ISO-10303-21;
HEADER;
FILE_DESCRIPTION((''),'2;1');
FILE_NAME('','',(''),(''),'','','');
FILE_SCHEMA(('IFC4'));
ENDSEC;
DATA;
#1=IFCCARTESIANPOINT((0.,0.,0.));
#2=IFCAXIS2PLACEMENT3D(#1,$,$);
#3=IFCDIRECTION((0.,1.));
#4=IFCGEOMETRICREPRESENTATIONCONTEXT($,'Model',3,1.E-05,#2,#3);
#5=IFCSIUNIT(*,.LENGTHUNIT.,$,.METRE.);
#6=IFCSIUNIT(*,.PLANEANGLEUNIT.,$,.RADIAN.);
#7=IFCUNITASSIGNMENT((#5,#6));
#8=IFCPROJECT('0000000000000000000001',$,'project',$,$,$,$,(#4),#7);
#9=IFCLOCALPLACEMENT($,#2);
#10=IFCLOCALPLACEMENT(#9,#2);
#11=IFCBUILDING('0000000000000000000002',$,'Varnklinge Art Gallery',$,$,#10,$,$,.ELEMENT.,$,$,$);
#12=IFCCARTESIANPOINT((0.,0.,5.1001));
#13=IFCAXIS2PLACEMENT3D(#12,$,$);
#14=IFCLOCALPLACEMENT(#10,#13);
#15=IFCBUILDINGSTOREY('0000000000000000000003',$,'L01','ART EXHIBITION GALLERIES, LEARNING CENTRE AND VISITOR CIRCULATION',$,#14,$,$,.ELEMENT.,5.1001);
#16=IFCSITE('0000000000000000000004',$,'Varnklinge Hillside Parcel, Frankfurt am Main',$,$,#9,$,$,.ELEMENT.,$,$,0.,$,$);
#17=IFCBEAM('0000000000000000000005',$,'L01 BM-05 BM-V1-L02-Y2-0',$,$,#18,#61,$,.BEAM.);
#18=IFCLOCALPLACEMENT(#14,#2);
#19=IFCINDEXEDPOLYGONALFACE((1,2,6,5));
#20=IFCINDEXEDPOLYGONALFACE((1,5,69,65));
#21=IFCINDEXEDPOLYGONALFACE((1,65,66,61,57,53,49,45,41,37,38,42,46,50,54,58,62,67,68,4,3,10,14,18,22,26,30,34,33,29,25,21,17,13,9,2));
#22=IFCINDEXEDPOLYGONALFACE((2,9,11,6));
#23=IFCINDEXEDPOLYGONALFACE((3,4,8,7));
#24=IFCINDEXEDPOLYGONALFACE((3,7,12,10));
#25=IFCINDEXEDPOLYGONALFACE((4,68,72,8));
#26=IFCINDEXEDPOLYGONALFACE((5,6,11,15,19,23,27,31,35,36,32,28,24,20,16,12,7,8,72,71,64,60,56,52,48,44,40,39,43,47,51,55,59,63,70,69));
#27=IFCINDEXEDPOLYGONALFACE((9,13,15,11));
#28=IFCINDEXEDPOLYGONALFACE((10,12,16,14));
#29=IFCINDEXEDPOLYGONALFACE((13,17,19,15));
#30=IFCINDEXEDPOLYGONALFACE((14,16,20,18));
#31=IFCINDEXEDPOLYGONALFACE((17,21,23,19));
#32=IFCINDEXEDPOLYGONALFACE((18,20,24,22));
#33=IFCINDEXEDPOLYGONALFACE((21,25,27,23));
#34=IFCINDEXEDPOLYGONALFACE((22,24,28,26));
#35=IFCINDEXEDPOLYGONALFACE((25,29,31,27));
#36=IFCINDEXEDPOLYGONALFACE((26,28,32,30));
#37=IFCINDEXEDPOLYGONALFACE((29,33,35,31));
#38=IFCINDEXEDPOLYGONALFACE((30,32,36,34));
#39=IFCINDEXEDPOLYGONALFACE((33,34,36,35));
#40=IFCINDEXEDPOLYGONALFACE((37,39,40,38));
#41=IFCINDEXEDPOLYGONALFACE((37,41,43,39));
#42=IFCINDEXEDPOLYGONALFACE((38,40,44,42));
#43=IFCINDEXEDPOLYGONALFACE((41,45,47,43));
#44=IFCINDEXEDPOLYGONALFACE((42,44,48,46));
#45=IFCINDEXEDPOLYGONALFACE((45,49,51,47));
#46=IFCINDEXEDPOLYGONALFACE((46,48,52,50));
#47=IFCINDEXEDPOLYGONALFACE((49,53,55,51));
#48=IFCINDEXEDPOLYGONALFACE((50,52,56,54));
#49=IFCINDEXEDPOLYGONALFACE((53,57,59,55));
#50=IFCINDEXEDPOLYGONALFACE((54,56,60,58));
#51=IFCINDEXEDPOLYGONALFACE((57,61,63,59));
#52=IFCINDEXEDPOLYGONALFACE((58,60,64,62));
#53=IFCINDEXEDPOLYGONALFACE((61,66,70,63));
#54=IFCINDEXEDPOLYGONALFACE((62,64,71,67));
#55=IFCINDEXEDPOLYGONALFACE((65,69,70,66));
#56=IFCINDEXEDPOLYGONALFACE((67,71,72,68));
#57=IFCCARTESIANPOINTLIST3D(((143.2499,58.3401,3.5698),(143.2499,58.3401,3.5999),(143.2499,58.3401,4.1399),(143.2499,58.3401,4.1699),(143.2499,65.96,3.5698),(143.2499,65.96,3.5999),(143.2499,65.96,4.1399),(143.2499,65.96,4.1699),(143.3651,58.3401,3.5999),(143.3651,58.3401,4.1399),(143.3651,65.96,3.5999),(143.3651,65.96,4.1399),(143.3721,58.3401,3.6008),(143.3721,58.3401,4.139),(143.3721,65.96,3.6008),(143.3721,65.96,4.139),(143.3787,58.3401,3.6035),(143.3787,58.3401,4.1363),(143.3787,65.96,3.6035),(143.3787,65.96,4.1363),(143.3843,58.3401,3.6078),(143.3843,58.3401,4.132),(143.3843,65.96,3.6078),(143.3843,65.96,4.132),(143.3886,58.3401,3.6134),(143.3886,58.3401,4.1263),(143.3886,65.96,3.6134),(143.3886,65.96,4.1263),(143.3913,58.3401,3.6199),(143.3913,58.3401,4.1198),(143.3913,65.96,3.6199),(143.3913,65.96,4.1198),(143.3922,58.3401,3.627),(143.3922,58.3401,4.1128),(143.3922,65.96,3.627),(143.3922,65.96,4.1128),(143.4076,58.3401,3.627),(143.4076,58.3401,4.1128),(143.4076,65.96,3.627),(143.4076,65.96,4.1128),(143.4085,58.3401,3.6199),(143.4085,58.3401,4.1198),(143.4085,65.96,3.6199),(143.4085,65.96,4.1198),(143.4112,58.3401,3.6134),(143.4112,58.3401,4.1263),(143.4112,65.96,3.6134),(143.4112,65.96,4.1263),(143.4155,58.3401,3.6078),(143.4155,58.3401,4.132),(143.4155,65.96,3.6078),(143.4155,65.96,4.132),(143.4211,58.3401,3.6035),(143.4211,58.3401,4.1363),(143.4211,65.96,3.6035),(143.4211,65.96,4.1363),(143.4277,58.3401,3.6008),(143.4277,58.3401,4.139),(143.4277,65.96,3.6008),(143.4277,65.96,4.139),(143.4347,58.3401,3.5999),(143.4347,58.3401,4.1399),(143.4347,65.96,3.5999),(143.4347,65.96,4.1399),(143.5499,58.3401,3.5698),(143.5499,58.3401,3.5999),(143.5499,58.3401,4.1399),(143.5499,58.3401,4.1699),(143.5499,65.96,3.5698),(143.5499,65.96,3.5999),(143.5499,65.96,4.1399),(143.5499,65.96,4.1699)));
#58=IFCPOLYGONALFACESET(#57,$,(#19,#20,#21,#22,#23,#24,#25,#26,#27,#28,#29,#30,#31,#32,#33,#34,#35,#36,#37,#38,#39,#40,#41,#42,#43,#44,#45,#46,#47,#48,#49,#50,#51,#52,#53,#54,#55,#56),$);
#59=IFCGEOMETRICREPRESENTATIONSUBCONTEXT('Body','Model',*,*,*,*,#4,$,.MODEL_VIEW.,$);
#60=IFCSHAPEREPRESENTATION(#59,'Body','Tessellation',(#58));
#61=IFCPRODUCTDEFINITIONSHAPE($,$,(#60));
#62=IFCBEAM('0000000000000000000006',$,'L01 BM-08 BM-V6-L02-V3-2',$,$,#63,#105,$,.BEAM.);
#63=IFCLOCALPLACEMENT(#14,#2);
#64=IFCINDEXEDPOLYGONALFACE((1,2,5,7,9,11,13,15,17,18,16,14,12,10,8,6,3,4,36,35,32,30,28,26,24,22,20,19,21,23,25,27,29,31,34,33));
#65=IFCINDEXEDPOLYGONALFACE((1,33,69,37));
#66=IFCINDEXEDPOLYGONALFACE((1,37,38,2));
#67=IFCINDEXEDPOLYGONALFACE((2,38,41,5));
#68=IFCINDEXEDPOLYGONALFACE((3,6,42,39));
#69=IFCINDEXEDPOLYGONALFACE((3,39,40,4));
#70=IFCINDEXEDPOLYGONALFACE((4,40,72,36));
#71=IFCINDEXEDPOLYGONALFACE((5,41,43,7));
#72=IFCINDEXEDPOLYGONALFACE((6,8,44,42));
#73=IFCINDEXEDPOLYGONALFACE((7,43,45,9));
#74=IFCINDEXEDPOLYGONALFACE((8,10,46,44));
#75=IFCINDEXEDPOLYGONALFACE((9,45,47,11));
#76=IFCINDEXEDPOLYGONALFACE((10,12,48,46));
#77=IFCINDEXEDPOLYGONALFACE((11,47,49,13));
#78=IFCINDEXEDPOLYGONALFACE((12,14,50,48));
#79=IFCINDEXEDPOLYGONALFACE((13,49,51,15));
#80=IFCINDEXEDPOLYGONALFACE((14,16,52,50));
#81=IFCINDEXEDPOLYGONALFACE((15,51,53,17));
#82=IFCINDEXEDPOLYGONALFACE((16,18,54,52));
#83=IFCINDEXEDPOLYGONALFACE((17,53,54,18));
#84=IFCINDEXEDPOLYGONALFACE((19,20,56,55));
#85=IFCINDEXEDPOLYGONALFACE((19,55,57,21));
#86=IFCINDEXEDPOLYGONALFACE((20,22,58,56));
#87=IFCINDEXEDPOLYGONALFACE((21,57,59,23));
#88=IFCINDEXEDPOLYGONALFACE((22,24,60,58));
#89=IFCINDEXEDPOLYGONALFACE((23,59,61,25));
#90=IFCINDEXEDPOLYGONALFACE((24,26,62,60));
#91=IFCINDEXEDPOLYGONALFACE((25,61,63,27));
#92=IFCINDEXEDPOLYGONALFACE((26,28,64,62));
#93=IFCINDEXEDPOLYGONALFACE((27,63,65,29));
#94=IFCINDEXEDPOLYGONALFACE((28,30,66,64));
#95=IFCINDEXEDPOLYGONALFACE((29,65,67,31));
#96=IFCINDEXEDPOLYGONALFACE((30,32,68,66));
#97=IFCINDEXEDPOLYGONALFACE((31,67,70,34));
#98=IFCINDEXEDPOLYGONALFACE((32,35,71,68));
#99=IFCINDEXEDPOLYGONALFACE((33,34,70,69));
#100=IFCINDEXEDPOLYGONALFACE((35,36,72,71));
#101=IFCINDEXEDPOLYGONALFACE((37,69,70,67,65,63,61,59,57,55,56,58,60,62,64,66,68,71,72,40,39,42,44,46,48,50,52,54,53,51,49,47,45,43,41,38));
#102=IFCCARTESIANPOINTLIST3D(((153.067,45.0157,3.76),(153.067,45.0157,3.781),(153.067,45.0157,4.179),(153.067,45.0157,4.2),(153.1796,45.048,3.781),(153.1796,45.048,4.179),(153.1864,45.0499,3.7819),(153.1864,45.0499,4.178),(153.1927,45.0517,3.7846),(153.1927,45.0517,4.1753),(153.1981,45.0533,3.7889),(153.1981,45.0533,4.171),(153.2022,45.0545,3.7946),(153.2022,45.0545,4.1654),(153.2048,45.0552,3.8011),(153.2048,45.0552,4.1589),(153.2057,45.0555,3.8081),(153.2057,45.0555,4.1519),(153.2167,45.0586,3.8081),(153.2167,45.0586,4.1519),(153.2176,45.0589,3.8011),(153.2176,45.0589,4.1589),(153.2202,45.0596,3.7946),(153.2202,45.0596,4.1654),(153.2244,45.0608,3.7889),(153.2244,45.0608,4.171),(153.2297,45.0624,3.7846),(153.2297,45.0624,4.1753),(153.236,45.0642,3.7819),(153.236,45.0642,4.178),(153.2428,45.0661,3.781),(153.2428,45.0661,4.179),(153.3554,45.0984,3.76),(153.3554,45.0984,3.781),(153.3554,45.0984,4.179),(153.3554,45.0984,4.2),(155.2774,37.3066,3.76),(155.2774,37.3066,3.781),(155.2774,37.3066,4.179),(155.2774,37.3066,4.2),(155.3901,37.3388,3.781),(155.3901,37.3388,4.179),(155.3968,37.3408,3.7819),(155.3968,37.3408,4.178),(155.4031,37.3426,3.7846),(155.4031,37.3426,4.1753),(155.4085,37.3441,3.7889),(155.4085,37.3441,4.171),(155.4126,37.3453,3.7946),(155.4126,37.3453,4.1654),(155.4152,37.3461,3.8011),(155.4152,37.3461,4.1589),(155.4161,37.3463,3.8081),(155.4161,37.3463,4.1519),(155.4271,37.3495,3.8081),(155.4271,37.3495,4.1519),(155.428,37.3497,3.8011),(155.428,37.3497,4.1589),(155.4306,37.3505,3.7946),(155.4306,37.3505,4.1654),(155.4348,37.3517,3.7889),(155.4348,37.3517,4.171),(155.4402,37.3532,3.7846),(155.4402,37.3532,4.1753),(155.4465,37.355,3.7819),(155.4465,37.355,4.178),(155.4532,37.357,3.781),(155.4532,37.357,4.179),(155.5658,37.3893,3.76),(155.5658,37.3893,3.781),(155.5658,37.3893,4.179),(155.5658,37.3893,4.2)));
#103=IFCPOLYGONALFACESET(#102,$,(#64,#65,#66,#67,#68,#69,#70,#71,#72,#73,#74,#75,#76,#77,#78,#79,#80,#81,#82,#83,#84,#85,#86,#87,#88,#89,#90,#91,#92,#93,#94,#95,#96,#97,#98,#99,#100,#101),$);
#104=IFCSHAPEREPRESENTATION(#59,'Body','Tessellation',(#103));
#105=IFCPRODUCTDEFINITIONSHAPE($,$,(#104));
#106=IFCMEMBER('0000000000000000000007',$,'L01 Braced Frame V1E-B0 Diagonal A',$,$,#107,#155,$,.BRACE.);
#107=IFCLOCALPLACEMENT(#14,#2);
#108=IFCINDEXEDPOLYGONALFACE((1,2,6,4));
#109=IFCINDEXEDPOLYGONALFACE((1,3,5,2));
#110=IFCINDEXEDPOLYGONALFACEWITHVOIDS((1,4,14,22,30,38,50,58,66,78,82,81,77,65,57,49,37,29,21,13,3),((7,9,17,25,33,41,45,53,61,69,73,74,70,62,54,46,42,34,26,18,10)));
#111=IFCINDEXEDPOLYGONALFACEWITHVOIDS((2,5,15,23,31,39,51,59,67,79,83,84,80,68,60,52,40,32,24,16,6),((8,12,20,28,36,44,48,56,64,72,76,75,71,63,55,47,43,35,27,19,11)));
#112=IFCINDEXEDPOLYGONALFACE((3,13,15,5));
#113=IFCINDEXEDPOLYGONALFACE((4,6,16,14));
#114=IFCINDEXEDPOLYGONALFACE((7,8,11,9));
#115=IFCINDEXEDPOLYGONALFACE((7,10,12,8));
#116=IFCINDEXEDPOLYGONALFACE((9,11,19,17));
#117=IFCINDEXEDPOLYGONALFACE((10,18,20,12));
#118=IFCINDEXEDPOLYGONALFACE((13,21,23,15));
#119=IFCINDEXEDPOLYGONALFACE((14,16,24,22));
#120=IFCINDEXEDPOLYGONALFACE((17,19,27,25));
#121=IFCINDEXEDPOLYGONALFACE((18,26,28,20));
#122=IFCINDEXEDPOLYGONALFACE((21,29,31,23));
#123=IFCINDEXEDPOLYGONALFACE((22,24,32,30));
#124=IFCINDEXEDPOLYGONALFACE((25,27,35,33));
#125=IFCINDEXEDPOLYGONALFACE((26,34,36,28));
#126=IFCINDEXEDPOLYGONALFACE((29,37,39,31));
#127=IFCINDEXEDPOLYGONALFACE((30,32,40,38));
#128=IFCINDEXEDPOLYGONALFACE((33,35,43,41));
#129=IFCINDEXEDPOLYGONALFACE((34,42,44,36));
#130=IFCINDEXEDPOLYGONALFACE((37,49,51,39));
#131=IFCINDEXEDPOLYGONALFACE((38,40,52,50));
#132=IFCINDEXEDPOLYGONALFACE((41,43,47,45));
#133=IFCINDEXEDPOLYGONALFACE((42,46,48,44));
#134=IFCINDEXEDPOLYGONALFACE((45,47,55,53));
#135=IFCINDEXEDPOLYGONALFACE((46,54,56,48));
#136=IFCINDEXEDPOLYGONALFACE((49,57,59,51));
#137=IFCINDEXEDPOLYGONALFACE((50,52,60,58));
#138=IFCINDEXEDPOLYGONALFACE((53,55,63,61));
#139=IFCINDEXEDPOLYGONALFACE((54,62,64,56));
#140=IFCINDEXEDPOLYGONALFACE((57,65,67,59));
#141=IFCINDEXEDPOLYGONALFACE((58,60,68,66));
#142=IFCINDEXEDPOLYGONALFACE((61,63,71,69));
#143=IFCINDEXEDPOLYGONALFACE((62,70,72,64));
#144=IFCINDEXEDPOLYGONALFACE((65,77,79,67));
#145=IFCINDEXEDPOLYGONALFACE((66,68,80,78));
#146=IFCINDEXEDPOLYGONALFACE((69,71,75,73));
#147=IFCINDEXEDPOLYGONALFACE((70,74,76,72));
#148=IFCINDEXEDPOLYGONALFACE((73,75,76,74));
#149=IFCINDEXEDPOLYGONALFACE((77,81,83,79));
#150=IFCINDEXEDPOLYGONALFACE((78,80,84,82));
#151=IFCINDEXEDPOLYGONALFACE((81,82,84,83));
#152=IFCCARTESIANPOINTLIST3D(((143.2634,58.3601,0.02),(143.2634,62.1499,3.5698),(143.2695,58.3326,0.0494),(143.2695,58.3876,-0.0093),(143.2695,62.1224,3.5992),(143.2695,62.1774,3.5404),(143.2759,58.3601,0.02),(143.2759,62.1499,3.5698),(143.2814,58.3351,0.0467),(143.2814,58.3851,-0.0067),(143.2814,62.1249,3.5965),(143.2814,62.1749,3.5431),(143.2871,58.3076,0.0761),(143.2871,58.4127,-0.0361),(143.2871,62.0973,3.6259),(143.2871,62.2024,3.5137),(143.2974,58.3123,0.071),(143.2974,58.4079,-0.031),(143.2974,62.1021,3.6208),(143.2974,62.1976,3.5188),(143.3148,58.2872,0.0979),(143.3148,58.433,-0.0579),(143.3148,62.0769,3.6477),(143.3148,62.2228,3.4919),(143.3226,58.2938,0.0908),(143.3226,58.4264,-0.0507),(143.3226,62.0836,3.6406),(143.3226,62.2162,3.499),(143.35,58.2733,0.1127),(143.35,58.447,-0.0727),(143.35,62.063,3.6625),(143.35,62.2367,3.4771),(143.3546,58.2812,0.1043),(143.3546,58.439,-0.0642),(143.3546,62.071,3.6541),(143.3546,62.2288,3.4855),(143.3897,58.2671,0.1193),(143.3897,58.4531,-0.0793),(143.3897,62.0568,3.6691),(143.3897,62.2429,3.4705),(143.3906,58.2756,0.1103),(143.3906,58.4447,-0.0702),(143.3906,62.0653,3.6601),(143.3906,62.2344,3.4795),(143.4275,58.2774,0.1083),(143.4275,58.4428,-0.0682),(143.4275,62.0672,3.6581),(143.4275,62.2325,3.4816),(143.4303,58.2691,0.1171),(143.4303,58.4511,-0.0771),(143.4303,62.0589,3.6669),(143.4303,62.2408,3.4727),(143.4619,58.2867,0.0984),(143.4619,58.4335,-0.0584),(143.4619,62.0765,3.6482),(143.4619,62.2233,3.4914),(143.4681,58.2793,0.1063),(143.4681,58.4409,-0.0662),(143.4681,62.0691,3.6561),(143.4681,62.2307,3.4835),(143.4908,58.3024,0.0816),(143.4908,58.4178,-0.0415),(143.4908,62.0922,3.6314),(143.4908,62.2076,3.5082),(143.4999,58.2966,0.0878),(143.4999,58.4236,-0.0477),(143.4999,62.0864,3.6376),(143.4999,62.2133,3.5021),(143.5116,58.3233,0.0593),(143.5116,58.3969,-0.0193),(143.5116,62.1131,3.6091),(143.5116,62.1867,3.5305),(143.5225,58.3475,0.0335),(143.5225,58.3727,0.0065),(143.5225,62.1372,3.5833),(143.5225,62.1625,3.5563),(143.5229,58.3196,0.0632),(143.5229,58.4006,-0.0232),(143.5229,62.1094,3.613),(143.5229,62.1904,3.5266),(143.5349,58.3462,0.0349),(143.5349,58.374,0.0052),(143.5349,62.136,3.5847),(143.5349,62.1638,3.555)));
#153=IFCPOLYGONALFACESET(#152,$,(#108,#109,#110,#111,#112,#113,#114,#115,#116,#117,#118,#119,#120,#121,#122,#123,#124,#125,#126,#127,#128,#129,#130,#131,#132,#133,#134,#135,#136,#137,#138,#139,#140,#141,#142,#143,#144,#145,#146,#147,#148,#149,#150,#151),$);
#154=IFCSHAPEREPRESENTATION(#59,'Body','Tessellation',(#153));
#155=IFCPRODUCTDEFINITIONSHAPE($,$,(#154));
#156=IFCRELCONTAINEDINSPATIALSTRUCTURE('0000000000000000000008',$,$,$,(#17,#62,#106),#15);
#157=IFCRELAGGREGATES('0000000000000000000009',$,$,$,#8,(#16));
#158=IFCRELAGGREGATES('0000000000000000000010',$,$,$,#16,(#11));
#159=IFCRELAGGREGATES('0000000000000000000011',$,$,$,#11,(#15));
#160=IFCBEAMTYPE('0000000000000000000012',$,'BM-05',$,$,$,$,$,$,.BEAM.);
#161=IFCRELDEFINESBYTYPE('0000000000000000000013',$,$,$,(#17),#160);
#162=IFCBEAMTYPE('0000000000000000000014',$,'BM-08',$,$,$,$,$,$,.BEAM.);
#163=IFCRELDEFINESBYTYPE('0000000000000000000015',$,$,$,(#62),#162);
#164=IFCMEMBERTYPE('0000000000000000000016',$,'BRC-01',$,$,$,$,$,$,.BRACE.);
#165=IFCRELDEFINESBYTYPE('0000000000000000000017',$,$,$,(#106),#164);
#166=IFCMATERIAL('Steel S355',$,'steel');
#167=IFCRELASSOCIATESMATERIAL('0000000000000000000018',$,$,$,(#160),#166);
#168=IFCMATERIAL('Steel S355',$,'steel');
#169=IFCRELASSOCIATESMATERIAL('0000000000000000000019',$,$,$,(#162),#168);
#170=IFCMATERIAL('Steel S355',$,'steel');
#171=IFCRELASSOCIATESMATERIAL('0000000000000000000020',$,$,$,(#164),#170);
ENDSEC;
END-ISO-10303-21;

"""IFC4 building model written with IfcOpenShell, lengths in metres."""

from ifc_helpers import new_model, si_unit, direction, frame, origin, origin_2d, place, context, subcontext, project, spatial, hollow_circle, i_section, extrude, material, material_profile, profile_set, type_object, element, save


model = new_model("IFC4")

# Units and contexts
model_context = context("Model", 3, precision=1e-05, world=origin(), true_north=direction((0.0, 1.0)))
body_context = subcontext(model_context, "Body", "Model", "MODEL_VIEW")
ifc_project = project(units=[si_unit("LENGTHUNIT", "METRE"), si_unit("PLANEANGLEUNIT", "RADIAN")], contexts=[model_context])

# Site, building, storey
site_placement = place(None, origin())
site = spatial("IfcSite", under=ifc_project, at=site_placement, Name="Varnklinge Hillside Parcel, Frankfurt am Main", CompositionType="ELEMENT", RefElevation=0.0)
building_placement = place(site_placement, origin())
building = spatial("IfcBuilding", under=site, at=building_placement, Name="Varnklinge Art Gallery", CompositionType="ELEMENT")
storey_placement = place(building_placement, frame((0.0, 0.0, 5.1001)))
storey = spatial("IfcBuildingStorey", under=building, at=storey_placement, Name="L01", Description="ART EXHIBITION GALLERIES, LEARNING CENTRE AND VISITOR CIRCULATION", CompositionType="ELEMENT", Elevation=5.1001)

# Beams
ifc_material_1 = material(Name="Steel S355", Category="steel")
ifc_material_profile_1 = material_profile(ifc_material_1, i_section(OverallWidth=0.3, OverallDepth=0.6001, WebThickness=0.0154, FlangeThickness=0.03, FilletRadius=0.0271, at=origin_2d()), Name="HEB 600")
ifc_profile_set_1 = profile_set([ifc_material_profile_1], Name="Steel S355")
beam_type_1 = type_object("IfcBeamType", Name="BM-05", PredefinedType="BEAM", material=ifc_profile_set_1)
beam_1_placement = place(storey_placement, frame((143.3999, 58.3401, 3.8699), z_axis=(0.0, 1.0, 0.0), x_axis=(-1.0, 0.0, 0.0)))
element("IfcBeam", 1, at=beam_1_placement, inside=storey, type_object=beam_type_1, Name="L01 BM-05 BM-V1-L02-Y2-0", PredefinedType="BEAM", context=body_context, shape_type="SweptSolid", body=[
    extrude(i_section(OverallWidth=0.3, OverallDepth=0.6001, WebThickness=0.0154, FlangeThickness=0.03, FilletRadius=0.0271, at=origin_2d()), origin(), (0.0, 0.0, 1.0), 7.6199),
])
ifc_material_2 = material(Name="Steel S355", Category="steel")
ifc_material_profile_2 = material_profile(ifc_material_2, i_section(OverallWidth=0.3, OverallDepth=0.4399, WebThickness=0.0115, FlangeThickness=0.021, FilletRadius=0.0271, at=origin_2d()), Name="HEA 450")
ifc_profile_set_2 = profile_set([ifc_material_profile_2], Name="Steel S355")
beam_type_2 = type_object("IfcBeamType", Name="BM-08", PredefinedType="BEAM", material=ifc_profile_set_2)
beam_2_placement = place(storey_placement, frame((155.4216, 37.3479, 3.98), z_axis=(-0.275622, 0.961266, 0.0), x_axis=(-0.961266, -0.275622, 0.0)))
element("IfcBeam", 2, at=beam_2_placement, inside=storey, type_object=beam_type_2, Name="L01 BM-08 BM-V6-L02-V3-2", PredefinedType="BEAM", context=body_context, shape_type="SweptSolid", body=[
    extrude(i_section(OverallWidth=0.3, OverallDepth=0.4399, WebThickness=0.0115, FlangeThickness=0.021, FilletRadius=0.0271, at=origin_2d()), origin(), (0.0, 0.0, 1.0), 8.0198),
])

# Member
ifc_material_3 = material(Name="Steel S355", Category="steel")
ifc_material_profile_3 = material_profile(ifc_material_3, hollow_circle(Radius=0.1365, WallThickness=0.0125, at=origin_2d()), Name="CHS 273x12.5")
ifc_profile_set_3 = profile_set([ifc_material_profile_3], Name="Steel S355")
member_type = type_object("IfcMemberType", Name="BRC-01", PredefinedType="BRACE", material=ifc_profile_set_3)
member_placement = place(storey_placement, frame((143.3999, 58.3601, 0.02), z_axis=(0.0, 0.729838, 0.68362), x_axis=(-1.0, 0.0, 0.0)))
element("IfcMember", 3, at=member_placement, inside=storey, type_object=member_type, Name="L01 Braced Frame V1E-B0 Diagonal A", PredefinedType="BRACE", context=body_context, shape_type="SweptSolid", body=[
    extrude(hollow_circle(Radius=0.1365, WallThickness=0.0125, at=origin_2d()), origin(), (0.0, 0.0, 1.0), 5.1926),
])

save(model, "model.ifc")
